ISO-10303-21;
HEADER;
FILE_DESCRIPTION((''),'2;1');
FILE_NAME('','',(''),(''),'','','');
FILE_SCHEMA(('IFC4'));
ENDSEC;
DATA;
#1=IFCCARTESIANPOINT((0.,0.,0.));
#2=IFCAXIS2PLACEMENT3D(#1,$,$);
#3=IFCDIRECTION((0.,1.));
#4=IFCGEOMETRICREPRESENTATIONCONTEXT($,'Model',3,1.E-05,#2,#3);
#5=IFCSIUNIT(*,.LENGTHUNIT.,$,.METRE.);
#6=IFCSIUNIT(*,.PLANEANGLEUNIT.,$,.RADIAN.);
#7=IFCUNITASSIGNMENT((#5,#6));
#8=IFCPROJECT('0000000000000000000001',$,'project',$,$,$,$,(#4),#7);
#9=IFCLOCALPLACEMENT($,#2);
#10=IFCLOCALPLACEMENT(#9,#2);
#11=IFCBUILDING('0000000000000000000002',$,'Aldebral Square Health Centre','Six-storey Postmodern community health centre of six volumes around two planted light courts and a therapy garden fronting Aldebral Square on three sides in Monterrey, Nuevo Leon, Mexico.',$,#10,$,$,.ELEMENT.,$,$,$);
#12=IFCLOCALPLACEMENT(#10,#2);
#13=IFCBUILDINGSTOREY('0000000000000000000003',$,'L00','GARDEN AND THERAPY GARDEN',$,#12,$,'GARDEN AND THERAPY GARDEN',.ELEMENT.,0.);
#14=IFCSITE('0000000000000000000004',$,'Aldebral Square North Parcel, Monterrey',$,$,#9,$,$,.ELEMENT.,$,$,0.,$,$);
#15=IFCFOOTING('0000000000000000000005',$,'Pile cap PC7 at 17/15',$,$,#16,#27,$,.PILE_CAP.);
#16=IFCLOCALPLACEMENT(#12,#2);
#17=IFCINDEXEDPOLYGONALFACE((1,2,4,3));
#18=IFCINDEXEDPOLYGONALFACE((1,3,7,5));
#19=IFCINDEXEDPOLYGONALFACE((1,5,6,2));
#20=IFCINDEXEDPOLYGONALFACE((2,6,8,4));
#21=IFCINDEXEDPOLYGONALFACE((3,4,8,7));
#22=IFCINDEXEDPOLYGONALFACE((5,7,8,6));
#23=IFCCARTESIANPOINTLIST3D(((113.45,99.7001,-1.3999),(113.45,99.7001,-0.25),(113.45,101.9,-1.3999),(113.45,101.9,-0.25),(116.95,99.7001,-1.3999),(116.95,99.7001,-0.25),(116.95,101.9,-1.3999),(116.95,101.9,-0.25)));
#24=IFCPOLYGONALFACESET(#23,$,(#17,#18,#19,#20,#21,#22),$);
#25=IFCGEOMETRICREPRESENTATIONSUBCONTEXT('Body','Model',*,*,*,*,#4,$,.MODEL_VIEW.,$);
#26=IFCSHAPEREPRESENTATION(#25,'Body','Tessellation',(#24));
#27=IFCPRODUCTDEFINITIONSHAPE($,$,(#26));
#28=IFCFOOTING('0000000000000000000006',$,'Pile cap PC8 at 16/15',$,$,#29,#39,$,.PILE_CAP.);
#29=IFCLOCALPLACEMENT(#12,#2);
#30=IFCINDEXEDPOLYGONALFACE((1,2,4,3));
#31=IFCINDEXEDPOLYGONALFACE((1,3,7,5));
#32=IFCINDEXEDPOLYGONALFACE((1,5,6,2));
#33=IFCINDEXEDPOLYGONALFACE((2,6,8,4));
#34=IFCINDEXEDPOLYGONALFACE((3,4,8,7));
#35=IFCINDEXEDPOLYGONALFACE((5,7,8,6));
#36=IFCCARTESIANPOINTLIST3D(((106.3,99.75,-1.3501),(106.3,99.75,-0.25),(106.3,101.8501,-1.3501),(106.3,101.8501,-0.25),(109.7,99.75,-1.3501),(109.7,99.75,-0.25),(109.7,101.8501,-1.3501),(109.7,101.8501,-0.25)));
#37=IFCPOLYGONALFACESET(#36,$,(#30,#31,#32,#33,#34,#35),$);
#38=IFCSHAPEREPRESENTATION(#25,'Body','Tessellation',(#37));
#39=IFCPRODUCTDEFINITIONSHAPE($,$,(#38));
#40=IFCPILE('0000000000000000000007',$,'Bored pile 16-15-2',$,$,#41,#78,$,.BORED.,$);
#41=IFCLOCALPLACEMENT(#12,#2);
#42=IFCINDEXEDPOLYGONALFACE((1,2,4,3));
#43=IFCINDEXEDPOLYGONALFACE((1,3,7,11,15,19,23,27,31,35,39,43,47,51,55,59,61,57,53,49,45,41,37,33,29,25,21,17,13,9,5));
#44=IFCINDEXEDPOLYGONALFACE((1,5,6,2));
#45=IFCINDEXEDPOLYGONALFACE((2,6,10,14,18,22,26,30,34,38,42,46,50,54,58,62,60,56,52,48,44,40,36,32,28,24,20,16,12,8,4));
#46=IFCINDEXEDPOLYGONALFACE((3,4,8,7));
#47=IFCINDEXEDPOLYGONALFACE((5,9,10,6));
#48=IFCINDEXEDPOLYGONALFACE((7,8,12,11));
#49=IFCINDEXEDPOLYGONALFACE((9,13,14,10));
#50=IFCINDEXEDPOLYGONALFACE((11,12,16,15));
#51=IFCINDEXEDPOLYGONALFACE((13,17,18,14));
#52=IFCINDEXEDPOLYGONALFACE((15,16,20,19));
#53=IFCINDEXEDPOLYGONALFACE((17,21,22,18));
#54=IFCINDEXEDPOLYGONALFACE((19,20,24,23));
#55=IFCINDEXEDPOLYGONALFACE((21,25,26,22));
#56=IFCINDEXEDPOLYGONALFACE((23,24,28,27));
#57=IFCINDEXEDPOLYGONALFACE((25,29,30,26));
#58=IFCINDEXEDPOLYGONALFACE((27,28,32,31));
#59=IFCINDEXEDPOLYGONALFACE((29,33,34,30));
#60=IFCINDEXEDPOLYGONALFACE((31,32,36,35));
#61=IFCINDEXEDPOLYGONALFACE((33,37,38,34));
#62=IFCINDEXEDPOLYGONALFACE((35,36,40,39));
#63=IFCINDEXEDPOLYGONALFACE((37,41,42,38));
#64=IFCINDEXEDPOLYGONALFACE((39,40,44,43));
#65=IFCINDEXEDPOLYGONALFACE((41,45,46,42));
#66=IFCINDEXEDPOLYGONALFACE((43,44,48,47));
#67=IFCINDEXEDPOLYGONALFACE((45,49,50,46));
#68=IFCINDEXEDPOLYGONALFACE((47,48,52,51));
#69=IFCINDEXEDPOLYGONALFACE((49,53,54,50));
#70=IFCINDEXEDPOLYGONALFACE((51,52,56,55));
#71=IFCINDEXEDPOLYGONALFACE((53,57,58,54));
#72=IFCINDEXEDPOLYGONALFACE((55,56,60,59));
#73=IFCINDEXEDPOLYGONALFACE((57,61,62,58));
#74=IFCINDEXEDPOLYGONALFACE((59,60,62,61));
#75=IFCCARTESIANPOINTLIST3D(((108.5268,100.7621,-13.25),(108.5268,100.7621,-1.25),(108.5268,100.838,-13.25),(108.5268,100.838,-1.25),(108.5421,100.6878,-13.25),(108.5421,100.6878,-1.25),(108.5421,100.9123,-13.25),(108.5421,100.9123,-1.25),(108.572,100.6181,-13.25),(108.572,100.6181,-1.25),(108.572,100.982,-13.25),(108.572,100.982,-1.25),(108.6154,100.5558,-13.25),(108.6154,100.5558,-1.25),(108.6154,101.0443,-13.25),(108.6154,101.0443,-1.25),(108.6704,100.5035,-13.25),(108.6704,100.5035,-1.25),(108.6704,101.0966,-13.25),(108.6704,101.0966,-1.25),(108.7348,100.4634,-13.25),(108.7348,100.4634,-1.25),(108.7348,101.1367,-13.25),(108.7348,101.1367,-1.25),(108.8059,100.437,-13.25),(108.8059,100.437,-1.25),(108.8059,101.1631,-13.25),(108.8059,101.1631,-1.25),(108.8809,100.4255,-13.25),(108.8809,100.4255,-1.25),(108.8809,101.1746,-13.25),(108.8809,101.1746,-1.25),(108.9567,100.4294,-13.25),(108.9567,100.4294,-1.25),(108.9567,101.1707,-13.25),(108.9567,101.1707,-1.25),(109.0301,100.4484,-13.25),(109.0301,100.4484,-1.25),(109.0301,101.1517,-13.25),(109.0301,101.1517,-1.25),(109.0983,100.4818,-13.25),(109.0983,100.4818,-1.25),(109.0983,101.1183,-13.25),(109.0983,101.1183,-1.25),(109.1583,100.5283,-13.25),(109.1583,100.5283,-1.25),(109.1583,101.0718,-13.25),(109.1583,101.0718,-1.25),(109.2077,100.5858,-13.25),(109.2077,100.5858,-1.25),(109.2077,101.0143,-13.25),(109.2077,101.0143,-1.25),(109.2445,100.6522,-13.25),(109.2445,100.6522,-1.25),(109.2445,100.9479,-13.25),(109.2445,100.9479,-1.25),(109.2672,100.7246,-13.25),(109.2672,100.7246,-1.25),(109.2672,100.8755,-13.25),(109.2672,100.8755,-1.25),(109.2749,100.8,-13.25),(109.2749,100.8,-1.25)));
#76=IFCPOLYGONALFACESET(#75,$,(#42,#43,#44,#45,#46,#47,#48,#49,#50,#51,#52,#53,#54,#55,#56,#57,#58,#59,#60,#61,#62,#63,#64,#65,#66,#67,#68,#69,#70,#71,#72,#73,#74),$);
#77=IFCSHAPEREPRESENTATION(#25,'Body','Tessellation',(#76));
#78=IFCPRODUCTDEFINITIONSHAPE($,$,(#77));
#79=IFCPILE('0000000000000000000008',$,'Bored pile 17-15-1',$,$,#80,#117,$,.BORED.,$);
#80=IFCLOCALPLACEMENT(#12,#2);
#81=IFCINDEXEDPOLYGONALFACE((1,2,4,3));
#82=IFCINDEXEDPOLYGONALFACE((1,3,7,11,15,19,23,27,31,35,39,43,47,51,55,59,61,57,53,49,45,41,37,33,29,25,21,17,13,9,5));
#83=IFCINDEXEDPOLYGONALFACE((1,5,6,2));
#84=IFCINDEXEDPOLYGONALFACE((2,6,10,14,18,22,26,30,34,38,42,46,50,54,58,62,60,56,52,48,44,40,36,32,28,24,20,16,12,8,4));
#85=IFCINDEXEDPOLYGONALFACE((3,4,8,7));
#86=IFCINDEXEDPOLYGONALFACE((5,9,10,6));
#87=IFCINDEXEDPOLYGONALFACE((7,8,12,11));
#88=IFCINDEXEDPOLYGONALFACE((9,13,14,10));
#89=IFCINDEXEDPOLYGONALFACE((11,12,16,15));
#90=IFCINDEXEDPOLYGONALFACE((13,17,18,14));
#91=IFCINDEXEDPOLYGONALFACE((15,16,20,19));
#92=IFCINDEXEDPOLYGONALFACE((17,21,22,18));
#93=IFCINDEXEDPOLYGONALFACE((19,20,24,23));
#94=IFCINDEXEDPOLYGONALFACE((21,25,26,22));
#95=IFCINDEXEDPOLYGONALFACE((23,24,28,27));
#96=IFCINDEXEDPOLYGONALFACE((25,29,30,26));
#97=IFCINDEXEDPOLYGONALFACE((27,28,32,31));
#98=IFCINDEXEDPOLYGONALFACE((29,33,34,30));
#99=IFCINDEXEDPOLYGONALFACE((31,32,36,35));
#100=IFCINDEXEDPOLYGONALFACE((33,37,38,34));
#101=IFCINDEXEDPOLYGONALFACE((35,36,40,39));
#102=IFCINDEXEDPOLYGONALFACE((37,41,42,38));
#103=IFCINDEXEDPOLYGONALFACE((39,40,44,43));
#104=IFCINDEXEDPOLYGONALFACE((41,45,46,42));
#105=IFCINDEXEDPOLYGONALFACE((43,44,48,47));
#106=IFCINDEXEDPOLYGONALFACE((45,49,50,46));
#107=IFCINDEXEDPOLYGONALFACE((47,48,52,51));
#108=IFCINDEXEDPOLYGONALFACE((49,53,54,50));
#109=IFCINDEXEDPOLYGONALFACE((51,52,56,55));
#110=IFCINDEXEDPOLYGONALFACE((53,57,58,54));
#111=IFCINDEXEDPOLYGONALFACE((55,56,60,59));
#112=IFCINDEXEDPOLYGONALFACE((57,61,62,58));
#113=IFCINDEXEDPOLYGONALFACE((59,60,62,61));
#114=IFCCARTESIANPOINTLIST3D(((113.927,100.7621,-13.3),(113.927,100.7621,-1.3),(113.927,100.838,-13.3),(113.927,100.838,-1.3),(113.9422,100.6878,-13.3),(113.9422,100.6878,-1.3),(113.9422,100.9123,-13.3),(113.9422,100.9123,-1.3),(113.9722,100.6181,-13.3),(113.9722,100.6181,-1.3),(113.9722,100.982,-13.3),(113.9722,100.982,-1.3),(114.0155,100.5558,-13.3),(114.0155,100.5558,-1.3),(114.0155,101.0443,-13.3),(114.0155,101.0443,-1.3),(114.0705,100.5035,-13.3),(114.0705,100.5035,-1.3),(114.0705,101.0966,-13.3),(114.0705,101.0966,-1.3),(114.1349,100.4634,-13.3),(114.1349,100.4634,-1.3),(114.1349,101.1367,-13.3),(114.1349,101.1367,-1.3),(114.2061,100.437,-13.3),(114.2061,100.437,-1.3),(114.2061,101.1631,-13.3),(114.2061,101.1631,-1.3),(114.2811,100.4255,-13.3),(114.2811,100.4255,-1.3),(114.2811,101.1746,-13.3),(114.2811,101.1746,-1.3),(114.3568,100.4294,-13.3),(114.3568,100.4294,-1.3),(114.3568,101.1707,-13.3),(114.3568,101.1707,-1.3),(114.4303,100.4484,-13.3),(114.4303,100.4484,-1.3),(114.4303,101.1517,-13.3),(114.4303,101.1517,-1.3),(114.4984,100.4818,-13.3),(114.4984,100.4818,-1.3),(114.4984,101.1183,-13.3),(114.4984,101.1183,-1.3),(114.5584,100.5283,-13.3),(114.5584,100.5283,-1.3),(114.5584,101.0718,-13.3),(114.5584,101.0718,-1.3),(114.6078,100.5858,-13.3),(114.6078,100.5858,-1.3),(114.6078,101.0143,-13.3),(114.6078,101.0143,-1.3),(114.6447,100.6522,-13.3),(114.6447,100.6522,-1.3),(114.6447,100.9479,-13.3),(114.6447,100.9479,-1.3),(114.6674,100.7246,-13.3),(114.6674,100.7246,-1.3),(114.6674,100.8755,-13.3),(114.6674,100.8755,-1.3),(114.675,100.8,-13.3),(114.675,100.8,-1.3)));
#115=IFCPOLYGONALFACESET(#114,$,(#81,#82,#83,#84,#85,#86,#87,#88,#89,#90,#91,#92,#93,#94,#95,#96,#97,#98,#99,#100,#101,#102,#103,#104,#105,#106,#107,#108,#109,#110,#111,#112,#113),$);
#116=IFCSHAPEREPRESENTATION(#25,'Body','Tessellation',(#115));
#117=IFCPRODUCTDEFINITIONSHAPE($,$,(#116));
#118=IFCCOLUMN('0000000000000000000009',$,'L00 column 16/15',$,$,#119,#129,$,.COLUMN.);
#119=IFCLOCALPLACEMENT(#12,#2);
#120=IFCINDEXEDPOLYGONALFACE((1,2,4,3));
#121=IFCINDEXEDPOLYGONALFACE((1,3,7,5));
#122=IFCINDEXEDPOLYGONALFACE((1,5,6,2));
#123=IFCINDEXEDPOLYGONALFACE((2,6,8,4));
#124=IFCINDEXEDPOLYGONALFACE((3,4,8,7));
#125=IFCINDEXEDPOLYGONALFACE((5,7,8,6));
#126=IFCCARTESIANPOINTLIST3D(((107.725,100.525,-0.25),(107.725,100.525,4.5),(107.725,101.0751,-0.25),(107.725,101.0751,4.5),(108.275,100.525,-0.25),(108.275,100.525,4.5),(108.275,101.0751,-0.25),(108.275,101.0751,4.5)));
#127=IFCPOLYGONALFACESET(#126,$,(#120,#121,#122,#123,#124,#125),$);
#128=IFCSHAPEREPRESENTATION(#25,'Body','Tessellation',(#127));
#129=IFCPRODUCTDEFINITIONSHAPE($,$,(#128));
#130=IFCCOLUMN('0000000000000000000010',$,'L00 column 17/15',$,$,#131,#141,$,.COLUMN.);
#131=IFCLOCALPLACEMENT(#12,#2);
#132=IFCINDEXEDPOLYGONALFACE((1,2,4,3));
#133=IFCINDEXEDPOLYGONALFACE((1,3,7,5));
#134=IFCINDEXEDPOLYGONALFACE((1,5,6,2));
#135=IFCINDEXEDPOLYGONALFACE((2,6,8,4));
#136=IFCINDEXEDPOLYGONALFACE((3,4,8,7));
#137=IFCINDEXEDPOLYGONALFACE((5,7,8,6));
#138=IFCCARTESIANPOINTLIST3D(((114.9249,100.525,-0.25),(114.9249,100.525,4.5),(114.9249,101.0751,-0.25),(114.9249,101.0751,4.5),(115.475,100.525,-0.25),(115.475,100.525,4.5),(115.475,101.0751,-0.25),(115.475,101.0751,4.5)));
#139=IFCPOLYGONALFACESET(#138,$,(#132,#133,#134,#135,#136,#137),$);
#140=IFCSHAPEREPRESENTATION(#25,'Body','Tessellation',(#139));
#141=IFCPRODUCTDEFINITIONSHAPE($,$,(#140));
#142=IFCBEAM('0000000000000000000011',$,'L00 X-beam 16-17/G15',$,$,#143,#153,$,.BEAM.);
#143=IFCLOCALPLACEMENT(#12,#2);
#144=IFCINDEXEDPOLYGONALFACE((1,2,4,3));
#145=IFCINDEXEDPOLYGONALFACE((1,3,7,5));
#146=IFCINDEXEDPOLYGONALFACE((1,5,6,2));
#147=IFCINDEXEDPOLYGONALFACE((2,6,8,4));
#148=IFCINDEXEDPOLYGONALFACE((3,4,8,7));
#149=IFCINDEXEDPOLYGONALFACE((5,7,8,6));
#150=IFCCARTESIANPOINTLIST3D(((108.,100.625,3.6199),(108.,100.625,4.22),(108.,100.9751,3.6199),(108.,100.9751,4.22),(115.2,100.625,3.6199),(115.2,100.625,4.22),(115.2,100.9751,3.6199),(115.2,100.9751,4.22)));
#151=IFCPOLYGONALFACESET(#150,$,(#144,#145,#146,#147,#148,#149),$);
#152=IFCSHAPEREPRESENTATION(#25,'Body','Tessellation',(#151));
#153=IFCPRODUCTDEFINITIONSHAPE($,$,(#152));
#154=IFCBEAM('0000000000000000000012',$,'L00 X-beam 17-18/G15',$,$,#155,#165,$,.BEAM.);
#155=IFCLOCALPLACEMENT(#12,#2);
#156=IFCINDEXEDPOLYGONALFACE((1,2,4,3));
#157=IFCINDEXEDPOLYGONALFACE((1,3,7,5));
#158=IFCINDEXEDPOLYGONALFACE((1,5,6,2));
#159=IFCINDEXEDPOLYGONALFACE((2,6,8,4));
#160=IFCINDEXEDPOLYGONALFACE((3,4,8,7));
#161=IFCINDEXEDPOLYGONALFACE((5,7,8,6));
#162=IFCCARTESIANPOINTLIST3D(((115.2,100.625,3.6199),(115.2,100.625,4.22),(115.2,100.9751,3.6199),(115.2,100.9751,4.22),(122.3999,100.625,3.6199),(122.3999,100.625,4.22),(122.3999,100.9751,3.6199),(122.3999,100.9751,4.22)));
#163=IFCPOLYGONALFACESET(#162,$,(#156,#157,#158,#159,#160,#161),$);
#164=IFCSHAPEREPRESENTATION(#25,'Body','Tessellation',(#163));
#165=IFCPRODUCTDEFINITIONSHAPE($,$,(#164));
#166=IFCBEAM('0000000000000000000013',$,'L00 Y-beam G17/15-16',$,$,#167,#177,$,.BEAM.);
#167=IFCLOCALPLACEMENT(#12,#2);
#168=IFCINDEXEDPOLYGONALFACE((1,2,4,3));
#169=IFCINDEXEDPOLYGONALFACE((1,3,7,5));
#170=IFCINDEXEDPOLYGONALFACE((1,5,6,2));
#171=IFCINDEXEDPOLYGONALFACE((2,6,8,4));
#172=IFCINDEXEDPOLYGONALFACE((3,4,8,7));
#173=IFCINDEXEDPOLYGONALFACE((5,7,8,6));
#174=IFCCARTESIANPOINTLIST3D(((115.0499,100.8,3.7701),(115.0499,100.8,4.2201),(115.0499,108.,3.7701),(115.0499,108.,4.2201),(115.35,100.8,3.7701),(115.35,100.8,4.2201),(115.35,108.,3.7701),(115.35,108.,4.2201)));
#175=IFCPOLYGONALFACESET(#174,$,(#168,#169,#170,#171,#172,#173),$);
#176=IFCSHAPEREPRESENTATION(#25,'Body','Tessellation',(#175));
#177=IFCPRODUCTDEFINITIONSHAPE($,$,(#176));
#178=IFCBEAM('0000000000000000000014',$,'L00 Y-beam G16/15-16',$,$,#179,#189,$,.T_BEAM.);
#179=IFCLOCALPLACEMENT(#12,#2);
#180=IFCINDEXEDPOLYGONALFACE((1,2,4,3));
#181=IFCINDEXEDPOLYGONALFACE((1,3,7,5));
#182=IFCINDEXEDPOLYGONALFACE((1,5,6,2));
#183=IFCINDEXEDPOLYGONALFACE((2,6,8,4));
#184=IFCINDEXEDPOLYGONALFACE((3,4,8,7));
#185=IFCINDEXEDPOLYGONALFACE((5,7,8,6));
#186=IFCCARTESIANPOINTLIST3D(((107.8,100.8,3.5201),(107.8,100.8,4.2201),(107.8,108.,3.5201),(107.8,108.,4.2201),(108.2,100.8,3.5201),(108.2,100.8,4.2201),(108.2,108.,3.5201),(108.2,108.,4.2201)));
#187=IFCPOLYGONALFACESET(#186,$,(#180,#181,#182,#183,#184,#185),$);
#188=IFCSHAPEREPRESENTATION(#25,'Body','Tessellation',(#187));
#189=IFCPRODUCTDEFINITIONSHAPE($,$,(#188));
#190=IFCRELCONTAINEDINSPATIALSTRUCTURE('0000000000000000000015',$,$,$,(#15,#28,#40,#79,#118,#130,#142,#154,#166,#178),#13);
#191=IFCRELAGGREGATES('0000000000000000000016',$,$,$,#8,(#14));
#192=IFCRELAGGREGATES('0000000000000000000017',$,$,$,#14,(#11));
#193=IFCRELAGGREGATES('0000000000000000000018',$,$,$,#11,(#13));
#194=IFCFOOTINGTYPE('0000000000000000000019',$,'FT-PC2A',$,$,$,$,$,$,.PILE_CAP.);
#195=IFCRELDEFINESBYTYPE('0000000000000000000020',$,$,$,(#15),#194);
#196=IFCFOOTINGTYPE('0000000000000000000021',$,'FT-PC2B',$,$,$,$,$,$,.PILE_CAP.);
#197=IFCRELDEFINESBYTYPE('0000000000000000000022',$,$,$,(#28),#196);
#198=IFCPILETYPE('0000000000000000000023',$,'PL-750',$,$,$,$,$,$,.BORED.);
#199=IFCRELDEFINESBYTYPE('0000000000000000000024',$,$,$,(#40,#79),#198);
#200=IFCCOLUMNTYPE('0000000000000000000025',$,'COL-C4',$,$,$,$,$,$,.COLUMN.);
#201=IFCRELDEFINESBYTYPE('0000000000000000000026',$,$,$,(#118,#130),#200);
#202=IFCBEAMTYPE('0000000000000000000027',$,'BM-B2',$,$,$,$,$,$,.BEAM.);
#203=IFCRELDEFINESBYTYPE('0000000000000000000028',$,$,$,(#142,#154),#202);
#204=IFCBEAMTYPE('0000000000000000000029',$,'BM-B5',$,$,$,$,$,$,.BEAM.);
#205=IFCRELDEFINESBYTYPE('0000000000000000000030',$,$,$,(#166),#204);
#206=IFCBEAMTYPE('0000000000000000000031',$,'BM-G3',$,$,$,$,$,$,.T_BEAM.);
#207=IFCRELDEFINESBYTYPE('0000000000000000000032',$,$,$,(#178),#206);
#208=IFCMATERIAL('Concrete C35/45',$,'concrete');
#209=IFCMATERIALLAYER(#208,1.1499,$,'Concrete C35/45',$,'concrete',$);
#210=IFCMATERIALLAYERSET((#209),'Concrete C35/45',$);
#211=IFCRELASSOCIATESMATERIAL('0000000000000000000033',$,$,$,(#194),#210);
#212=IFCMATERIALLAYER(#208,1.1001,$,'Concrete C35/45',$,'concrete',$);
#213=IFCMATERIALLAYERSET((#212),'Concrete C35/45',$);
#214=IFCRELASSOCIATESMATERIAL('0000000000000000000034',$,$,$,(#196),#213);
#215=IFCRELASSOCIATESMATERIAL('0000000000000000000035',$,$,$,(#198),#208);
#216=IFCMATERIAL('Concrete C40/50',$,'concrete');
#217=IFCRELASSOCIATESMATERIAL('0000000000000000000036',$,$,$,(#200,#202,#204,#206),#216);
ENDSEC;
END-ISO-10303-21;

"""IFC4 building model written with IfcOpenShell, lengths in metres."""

from ifc_helpers import new_model, si_unit, direction, frame, origin, origin_2d, place, context, subcontext, project, spatial, rectangle, circle, extrude, material, layer, layer_set, material_profile, profile_set, type_object, element, save


model = new_model("IFC4")

# Units and contexts
model_context = context("Model", 3, precision=1e-05, world=origin(), true_north=direction((0.0, 1.0)))
body_context = subcontext(model_context, "Body", "Model", "MODEL_VIEW")
ifc_project = project(units=[si_unit("LENGTHUNIT", "METRE"), si_unit("PLANEANGLEUNIT", "RADIAN")], contexts=[model_context])

# Site, building, storey
site_placement = place(None, origin())
site = spatial("IfcSite", under=ifc_project, at=site_placement, Name="Aldebral Square North Parcel, Monterrey", CompositionType="ELEMENT", RefElevation=0.0)
building_placement = place(site_placement, origin())
building = spatial("IfcBuilding", under=site, at=building_placement, Name="Aldebral Square Health Centre", Description="Six-storey Postmodern community health centre of six volumes around two planted light courts and a therapy garden fronting Aldebral Square on three sides in Monterrey, Nuevo Leon, Mexico.", CompositionType="ELEMENT")
storey_placement = place(building_placement, origin())
storey = spatial("IfcBuildingStorey", under=building, at=storey_placement, Name="L00", Description="GARDEN AND THERAPY GARDEN", LongName="GARDEN AND THERAPY GARDEN", CompositionType="ELEMENT", Elevation=0.0)

# Footings
ifc_material_1 = material(Name="Concrete C35/45", Category="concrete")
ifc_layer_1 = layer(ifc_material_1, 1.1499, Name="Concrete C35/45", Category="concrete")
ifc_layer_set_1 = layer_set([ifc_layer_1], Name="Concrete C35/45")
footing_type_1 = type_object("IfcFootingType", Name="FT-PC2A", PredefinedType="PILE_CAP", material=ifc_layer_set_1)
footing_1_placement = place(storey_placement, frame((115.2, 100.8, -1.3999), z_axis=(0.0, 0.0, 1.0), x_axis=(1.0, 0.0, 0.0)))
element("IfcFooting", 1, at=footing_1_placement, inside=storey, type_object=footing_type_1, Name="Pile cap PC7 at 17/15", PredefinedType="PILE_CAP", context=body_context, shape_type="SweptSolid", body=[
    extrude(rectangle(XDim=3.5, YDim=2.2, at=origin_2d()), origin(), (0.0, 0.0, 1.0), 1.1499),
])
ifc_layer_2 = layer(ifc_material_1, 1.1001, Name="Concrete C35/45", Category="concrete")
ifc_layer_set_2 = layer_set([ifc_layer_2], Name="Concrete C35/45")
footing_type_2 = type_object("IfcFootingType", Name="FT-PC2B", PredefinedType="PILE_CAP", material=ifc_layer_set_2)
footing_2_placement = place(storey_placement, frame((108.0, 100.8, -1.3501), z_axis=(0.0, 0.0, 1.0), x_axis=(1.0, 0.0, 0.0)))
element("IfcFooting", 2, at=footing_2_placement, inside=storey, type_object=footing_type_2, Name="Pile cap PC8 at 16/15", PredefinedType="PILE_CAP", context=body_context, shape_type="SweptSolid", body=[
    extrude(rectangle(XDim=3.3999, YDim=2.1001, at=origin_2d()), origin(), (0.0, 0.0, 1.0), 1.1001),
])

# Piles
ifc_material_profile_1 = material_profile(ifc_material_1, circle(Radius=0.375, at=origin_2d()), Name="PILE D750")
ifc_profile_set_1 = profile_set([ifc_material_profile_1], Name="Concrete C35/45")
pile_type = type_object("IfcPileType", Name="PL-750", PredefinedType="BORED", material=ifc_profile_set_1)
for number, where, z_axis, x_axis, name in (
    (3, (108.8999, 100.8, -1.25), (0.0, 0.0, -1.0), (1.0, 0.0, 0.0), "Bored pile 16-15-2"),
    (4, (114.3, 100.8, -1.3), (0.0, 0.0, -1.0), (1.0, 0.0, 0.0), "Bored pile 17-15-1"),
):
    element("IfcPile", number, at=place(storey_placement, frame(where, z_axis=z_axis, x_axis=x_axis)), inside=storey, type_object=pile_type, Name=name, PredefinedType="BORED", context=body_context, shape_type="SweptSolid", body=[
        extrude(circle(Radius=0.375, at=origin_2d()), origin(), (0.0, 0.0, 1.0), 12.0),
    ])

# Columns
ifc_material_2 = material(Name="Concrete C40/50", Category="concrete")
ifc_material_profile_2 = material_profile(ifc_material_2, rectangle(XDim=0.55, YDim=0.55, at=origin_2d()), Name="RC 550x550")
ifc_profile_set_2 = profile_set([ifc_material_profile_2], Name="Concrete C40/50")
column_type = type_object("IfcColumnType", Name="COL-C4", PredefinedType="COLUMN", material=ifc_profile_set_2)
for number, where, z_axis, x_axis, name in (
    (5, (108.0, 100.8, -0.25), (0.0, 0.0, 1.0), (1.0, 0.0, 0.0), "L00 column 16/15"),
    (6, (115.2, 100.8, -0.25), (0.0, 0.0, 1.0), (1.0, 0.0, 0.0), "L00 column 17/15"),
):
    element("IfcColumn", number, at=place(storey_placement, frame(where, z_axis=z_axis, x_axis=x_axis)), inside=storey, type_object=column_type, Name=name, PredefinedType="COLUMN", context=body_context, shape_type="SweptSolid", body=[
        extrude(rectangle(XDim=0.55, YDim=0.55, at=origin_2d()), origin(), (0.0, 0.0, 1.0), 4.75),
    ])

# Beams
ifc_material_profile_3 = material_profile(ifc_material_2, rectangle(XDim=0.3501, YDim=0.6001, at=origin_2d()), Name="RC 350x600")
ifc_profile_set_3 = profile_set([ifc_material_profile_3], Name="Concrete C40/50")
beam_type_1 = type_object("IfcBeamType", Name="BM-B2", PredefinedType="BEAM", material=ifc_profile_set_3)
for number, where, z_axis, x_axis, name in (
    (7, (108.0, 100.8, 3.9199), (1.0, 0.0, 0.0), (0.0, 1.0, 0.0), "L00 X-beam 16-17/G15"),
    (8, (115.2, 100.8, 3.9199), (1.0, 0.0, 0.0), (0.0, 1.0, 0.0), "L00 X-beam 17-18/G15"),
):
    element("IfcBeam", number, at=place(storey_placement, frame(where, z_axis=z_axis, x_axis=x_axis)), inside=storey, type_object=beam_type_1, Name=name, PredefinedType="BEAM", context=body_context, shape_type="SweptSolid", body=[
        extrude(rectangle(XDim=0.3501, YDim=0.6001, at=origin_2d()), origin(), (0.0, 0.0, 1.0), 7.2),
    ])
ifc_material_profile_4 = material_profile(ifc_material_2, rectangle(XDim=0.3, YDim=0.45, at=origin_2d()), Name="RC 300x450")
ifc_profile_set_4 = profile_set([ifc_material_profile_4], Name="Concrete C40/50")
beam_type_2 = type_object("IfcBeamType", Name="BM-B5", PredefinedType="BEAM", material=ifc_profile_set_4)
beam_1_placement = place(storey_placement, frame((115.2, 100.8, 3.9951), z_axis=(0.0, 1.0, 0.0), x_axis=(-1.0, 0.0, 0.0)))
element("IfcBeam", 9, at=beam_1_placement, inside=storey, type_object=beam_type_2, Name="L00 Y-beam G17/15-16", PredefinedType="BEAM", context=body_context, shape_type="SweptSolid", body=[
    extrude(rectangle(XDim=0.3, YDim=0.45, at=origin_2d()), origin(), (0.0, 0.0, 1.0), 7.2),
])
ifc_material_profile_5 = material_profile(ifc_material_2, rectangle(XDim=0.3999, YDim=0.7, at=origin_2d()), Name="RC 400x700")
ifc_profile_set_5 = profile_set([ifc_material_profile_5], Name="Concrete C40/50")
beam_type_3 = type_object("IfcBeamType", Name="BM-G3", PredefinedType="T_BEAM", material=ifc_profile_set_5)
beam_2_placement = place(storey_placement, frame((108.0, 100.8, 3.8701), z_axis=(0.0, 1.0, 0.0), x_axis=(-1.0, 0.0, 0.0)))
element("IfcBeam", 10, at=beam_2_placement, inside=storey, type_object=beam_type_3, Name="L00 Y-beam G16/15-16", PredefinedType="T_BEAM", context=body_context, shape_type="SweptSolid", body=[
    extrude(rectangle(XDim=0.3999, YDim=0.7, at=origin_2d()), origin(), (0.0, 0.0, 1.0), 7.2),
])

save(model, "model.ifc")
